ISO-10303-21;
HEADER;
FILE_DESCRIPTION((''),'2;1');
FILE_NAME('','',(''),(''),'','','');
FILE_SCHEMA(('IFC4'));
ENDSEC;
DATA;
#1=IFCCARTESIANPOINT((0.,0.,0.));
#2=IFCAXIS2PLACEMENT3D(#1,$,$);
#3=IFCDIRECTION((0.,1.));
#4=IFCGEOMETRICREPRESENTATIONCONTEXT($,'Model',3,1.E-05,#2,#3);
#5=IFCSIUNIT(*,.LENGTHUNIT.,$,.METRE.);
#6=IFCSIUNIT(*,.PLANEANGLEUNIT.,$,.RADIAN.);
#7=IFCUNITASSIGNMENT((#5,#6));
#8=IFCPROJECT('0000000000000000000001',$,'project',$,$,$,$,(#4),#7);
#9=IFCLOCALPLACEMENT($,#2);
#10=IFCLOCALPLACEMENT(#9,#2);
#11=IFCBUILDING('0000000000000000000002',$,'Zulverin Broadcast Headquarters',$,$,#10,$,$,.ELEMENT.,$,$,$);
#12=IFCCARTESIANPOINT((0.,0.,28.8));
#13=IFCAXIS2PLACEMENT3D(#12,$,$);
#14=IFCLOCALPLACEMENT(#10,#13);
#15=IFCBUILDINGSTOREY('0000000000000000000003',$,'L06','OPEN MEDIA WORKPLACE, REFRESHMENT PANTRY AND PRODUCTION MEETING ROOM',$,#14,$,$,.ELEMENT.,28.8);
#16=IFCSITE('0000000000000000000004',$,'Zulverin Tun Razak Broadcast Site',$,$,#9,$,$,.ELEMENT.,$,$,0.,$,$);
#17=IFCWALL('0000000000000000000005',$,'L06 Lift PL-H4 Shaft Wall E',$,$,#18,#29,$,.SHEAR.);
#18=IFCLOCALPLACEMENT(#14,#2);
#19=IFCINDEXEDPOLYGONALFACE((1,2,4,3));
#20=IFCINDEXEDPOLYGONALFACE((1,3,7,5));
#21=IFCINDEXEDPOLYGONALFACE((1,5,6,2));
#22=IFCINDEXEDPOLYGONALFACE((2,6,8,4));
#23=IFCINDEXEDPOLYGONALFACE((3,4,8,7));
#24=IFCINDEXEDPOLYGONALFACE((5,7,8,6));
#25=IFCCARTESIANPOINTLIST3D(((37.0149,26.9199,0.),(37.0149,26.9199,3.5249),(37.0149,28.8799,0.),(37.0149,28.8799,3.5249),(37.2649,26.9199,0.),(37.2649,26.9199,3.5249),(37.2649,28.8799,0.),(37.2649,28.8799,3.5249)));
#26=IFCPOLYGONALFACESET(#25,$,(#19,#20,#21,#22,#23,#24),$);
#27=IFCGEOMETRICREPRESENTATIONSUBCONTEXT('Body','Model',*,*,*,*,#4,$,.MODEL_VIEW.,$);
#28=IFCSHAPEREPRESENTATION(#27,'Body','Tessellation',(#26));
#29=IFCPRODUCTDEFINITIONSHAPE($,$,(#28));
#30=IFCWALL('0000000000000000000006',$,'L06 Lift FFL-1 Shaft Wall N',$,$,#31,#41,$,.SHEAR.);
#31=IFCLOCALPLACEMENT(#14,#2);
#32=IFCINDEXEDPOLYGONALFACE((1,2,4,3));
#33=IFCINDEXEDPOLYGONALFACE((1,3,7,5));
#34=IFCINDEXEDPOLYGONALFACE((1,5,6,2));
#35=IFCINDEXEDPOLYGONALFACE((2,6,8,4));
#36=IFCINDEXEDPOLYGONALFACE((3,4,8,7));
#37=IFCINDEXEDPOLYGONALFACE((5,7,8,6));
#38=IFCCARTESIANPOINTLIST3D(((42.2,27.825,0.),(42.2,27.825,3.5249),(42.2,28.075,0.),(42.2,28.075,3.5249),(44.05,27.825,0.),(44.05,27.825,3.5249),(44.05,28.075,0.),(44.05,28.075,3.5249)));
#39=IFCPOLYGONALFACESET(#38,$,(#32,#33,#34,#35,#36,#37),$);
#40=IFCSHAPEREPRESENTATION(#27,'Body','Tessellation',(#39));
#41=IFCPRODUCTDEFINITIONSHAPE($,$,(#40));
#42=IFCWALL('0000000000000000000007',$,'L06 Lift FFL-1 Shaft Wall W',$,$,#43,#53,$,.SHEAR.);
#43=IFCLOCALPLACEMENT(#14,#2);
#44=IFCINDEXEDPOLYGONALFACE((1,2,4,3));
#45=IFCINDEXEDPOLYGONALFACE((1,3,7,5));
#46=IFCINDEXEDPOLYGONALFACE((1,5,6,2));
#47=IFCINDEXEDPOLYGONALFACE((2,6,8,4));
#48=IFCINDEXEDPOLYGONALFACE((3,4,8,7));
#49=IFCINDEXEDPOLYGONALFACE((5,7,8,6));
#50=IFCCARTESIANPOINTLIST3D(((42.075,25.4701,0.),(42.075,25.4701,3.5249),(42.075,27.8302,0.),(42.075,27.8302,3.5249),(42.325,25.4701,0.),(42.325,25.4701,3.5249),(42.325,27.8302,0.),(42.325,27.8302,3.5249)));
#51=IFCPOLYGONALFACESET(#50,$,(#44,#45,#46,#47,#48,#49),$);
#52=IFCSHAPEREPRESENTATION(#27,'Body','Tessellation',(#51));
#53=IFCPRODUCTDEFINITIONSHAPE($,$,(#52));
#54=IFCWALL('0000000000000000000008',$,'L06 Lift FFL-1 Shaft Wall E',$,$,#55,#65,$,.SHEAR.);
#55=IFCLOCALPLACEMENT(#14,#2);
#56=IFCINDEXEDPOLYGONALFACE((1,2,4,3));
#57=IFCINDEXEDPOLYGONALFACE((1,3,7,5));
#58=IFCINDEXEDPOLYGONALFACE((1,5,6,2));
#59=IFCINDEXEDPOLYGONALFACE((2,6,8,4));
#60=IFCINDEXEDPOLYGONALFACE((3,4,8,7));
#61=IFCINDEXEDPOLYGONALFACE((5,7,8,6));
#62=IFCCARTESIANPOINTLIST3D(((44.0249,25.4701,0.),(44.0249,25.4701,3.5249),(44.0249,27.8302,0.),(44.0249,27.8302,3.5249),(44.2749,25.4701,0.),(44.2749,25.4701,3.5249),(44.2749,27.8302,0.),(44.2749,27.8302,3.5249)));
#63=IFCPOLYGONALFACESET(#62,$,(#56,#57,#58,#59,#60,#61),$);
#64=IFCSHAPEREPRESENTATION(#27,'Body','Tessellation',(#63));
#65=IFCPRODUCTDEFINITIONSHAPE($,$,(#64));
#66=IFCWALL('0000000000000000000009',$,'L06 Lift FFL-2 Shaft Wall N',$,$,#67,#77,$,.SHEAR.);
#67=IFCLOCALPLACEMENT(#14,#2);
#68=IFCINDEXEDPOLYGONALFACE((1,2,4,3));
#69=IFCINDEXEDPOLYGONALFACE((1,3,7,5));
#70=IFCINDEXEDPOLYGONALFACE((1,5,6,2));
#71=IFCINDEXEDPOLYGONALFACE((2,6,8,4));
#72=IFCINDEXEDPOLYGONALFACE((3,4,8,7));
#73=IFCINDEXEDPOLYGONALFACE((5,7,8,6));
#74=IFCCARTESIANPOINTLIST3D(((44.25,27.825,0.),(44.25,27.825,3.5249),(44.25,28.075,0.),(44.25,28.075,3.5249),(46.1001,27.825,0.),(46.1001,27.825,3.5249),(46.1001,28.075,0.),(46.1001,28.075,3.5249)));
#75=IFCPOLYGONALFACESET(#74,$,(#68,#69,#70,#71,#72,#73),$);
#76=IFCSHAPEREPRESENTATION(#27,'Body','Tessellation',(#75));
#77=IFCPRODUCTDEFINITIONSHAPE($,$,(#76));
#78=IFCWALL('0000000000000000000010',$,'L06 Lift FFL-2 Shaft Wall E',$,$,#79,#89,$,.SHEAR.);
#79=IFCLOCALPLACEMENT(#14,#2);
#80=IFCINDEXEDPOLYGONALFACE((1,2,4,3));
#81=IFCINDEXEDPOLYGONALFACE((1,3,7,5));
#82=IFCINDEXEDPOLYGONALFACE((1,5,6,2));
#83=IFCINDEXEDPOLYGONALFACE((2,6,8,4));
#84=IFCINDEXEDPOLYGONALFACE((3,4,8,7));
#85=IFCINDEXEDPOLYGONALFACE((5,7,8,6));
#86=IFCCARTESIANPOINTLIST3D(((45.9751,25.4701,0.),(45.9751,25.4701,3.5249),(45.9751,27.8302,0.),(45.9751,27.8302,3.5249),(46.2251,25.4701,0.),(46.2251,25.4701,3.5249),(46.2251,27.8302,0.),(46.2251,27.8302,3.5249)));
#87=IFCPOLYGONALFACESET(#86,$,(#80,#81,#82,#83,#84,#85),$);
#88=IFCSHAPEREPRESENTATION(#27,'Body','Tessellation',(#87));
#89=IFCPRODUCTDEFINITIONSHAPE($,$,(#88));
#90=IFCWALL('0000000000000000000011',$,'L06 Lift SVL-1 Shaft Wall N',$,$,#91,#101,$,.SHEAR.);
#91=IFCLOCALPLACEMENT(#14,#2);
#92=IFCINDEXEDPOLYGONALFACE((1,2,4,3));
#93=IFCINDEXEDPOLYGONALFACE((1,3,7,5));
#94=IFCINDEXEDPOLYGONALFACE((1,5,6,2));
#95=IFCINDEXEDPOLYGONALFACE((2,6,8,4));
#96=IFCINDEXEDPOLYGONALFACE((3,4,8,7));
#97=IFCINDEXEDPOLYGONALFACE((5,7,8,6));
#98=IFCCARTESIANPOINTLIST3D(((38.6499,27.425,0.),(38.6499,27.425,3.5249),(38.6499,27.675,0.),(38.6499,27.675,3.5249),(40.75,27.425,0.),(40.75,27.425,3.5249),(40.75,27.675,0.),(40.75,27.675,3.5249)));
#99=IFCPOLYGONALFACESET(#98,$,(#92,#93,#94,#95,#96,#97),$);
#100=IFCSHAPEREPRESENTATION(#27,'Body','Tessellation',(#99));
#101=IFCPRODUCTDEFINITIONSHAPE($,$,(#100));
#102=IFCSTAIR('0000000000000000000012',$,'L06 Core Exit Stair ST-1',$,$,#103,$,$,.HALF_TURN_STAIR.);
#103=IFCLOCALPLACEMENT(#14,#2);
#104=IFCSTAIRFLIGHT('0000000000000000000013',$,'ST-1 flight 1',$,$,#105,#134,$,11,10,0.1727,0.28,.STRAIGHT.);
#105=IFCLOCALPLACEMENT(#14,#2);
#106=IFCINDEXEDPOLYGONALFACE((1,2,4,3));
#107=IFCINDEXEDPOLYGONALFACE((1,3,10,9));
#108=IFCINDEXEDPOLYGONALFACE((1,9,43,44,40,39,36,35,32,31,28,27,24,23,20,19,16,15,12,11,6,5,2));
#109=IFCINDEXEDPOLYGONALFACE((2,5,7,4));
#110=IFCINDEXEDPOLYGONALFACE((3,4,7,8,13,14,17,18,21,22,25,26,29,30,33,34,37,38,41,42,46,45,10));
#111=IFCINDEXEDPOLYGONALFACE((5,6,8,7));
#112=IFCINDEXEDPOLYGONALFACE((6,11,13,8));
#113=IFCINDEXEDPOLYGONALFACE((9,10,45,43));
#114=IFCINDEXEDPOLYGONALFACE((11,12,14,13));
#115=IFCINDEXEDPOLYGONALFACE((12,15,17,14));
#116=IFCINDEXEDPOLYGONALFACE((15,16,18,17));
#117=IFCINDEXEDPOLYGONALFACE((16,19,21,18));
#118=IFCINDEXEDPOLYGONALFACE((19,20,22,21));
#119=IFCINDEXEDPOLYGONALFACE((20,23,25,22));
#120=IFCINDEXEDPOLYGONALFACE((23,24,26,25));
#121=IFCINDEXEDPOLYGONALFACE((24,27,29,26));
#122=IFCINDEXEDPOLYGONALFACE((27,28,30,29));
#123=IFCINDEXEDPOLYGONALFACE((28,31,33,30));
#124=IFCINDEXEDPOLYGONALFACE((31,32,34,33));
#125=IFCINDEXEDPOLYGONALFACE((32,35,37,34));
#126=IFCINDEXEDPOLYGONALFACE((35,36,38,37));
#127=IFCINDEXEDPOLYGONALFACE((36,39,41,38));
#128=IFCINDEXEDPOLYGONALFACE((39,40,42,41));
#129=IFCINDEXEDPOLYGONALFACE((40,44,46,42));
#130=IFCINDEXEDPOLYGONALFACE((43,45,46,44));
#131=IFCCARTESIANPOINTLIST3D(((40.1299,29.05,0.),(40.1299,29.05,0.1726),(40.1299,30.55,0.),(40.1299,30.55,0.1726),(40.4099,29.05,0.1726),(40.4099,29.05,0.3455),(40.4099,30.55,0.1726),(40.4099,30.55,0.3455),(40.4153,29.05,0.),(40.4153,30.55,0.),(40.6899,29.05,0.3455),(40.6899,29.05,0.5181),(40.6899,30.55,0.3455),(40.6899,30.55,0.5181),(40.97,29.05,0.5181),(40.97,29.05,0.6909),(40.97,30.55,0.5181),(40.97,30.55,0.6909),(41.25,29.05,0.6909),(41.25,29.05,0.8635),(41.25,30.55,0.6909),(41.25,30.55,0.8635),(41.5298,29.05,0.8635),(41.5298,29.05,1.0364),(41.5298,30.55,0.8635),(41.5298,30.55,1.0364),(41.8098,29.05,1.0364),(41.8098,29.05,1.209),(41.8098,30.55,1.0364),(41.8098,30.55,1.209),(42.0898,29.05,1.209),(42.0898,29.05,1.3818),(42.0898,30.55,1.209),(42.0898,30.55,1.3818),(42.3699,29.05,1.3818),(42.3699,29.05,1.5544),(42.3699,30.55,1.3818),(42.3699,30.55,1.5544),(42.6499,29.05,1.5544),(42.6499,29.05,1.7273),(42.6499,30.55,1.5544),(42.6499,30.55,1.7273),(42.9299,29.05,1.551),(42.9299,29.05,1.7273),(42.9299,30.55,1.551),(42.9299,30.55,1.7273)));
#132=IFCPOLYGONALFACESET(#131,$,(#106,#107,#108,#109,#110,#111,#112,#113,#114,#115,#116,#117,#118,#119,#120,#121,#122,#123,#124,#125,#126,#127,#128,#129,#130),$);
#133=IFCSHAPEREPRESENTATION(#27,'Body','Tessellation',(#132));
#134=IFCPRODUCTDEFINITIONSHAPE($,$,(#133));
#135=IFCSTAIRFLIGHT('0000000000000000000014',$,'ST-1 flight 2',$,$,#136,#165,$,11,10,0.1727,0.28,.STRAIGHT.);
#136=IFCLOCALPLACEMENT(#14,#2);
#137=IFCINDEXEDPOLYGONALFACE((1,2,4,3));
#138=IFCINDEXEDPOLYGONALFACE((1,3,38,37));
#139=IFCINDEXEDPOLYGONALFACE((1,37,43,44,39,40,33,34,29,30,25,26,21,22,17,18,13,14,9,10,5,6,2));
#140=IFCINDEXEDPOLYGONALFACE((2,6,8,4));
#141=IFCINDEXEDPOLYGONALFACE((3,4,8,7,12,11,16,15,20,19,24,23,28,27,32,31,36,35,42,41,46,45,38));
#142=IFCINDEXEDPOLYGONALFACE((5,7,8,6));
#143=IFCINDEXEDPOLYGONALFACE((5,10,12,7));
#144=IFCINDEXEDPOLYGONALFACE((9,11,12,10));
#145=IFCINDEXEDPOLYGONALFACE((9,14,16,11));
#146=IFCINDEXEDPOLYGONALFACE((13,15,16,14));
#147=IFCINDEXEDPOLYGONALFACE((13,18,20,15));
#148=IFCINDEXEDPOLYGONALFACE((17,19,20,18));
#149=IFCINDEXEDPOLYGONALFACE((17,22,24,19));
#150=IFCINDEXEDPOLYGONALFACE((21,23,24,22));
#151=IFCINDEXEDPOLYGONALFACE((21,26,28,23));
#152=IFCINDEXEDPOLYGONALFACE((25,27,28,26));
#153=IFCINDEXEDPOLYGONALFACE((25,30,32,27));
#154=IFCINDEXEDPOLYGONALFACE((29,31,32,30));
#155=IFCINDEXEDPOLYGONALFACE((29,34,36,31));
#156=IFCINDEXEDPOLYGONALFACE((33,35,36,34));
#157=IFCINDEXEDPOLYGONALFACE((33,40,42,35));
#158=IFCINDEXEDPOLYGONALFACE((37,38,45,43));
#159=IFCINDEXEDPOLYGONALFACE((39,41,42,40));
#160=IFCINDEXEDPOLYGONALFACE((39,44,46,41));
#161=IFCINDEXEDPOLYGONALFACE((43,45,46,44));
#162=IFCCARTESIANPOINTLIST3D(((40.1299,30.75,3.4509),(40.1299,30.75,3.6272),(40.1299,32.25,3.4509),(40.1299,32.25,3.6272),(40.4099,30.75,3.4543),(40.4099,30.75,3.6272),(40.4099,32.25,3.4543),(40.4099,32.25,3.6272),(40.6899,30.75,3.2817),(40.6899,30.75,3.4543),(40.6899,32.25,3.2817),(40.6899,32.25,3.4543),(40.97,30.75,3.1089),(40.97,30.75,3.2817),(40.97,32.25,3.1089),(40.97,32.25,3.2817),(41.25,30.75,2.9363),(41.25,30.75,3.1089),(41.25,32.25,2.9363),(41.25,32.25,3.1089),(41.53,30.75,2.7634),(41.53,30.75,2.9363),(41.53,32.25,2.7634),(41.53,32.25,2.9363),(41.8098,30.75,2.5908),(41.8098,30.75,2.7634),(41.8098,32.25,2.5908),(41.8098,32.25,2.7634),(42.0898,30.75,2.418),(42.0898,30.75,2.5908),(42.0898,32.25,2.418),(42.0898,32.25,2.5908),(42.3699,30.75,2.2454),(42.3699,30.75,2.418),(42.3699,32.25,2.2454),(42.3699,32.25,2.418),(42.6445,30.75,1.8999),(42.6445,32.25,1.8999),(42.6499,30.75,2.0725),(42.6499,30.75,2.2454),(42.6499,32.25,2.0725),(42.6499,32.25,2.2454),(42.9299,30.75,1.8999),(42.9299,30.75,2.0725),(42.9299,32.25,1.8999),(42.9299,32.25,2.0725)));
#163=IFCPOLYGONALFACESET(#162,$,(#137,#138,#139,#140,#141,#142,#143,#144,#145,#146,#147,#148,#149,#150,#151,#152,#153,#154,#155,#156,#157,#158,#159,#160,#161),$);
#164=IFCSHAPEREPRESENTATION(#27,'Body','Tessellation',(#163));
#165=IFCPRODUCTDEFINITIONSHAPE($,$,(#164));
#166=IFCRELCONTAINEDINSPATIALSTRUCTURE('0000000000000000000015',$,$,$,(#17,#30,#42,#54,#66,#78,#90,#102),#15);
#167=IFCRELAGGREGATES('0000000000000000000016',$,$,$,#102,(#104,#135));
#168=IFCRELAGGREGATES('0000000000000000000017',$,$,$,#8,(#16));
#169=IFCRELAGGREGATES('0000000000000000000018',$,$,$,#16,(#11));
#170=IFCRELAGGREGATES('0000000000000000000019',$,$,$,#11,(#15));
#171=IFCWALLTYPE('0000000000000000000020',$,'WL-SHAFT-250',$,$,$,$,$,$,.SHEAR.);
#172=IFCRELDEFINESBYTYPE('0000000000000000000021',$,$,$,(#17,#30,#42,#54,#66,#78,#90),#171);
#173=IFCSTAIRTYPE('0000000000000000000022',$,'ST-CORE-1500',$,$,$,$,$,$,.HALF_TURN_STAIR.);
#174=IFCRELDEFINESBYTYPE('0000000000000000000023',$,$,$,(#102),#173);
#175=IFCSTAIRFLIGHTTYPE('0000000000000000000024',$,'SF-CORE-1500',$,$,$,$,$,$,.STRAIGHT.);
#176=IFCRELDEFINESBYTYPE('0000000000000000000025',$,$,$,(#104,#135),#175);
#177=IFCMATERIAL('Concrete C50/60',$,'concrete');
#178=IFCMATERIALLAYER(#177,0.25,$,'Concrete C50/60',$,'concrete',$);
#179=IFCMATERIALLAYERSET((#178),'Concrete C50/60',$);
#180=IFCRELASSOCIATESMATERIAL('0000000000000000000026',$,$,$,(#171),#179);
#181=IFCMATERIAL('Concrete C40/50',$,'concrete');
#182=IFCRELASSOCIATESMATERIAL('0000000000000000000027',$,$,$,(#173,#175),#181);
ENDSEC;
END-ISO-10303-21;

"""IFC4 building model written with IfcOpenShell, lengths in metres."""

from ifc_helpers import new_model, si_unit, direction, frame, frame_2d, origin, place, context, subcontext, project, spatial, polyline, rectangle, outline, extrude, material, layer, layer_set, type_object, element, aggregate, save


model = new_model("IFC4")

# Units and contexts
model_context = context("Model", 3, precision=1e-05, world=origin(), true_north=direction((0.0, 1.0)))
body_context = subcontext(model_context, "Body", "Model", "MODEL_VIEW")
ifc_project = project(units=[si_unit("LENGTHUNIT", "METRE"), si_unit("PLANEANGLEUNIT", "RADIAN")], contexts=[model_context])

# Site, building, storey
site_placement = place(None, origin())
site = spatial("IfcSite", under=ifc_project, at=site_placement, Name="Zulverin Tun Razak Broadcast Site", CompositionType="ELEMENT", RefElevation=0.0)
building_placement = place(site_placement, origin())
building = spatial("IfcBuilding", under=site, at=building_placement, Name="Zulverin Broadcast Headquarters", CompositionType="ELEMENT")
storey_placement = place(building_placement, frame((0.0, 0.0, 28.8)))
storey = spatial("IfcBuildingStorey", under=building, at=storey_placement, Name="L06", Description="OPEN MEDIA WORKPLACE, REFRESHMENT PANTRY AND PRODUCTION MEETING ROOM", CompositionType="ELEMENT", Elevation=28.8)

# Shared definitions
ifc_material_1 = material(Name="Concrete C50/60", Category="concrete")
ifc_layer_1 = layer(ifc_material_1, 0.25, Name="Concrete C50/60", Category="concrete")
ifc_layer_set_1 = layer_set([ifc_layer_1], Name="Concrete C50/60")
wall_type_1 = type_object("IfcWallType", Name="WL-SHAFT-250", PredefinedType="SHEAR", material=ifc_layer_set_1)

# Walls
wall_1_placement = place(storey_placement, frame((37.1399, 26.9199, 0.0), z_axis=(0.0, 0.0, 1.0), x_axis=(0.0, 1.0, 0.0)))
element("IfcWall", 1, at=wall_1_placement, inside=storey, type_object=wall_type_1, Name="L06 Lift PL-H4 Shaft Wall E", PredefinedType="SHEAR", context=body_context, shape_type="SweptSolid", body=[
    extrude(rectangle(XDim=1.96, YDim=0.25, at=frame_2d((0.98, 0.0))), origin(), (0.0, 0.0, 1.0), 3.5249),
])
wall_2_placement = place(storey_placement, frame((42.2, 27.95, 0.0), z_axis=(0.0, 0.0, 1.0), x_axis=(1.0, 0.0, 0.0)))
element("IfcWall", 2, at=wall_2_placement, inside=storey, type_object=wall_type_1, Name="L06 Lift FFL-1 Shaft Wall N", PredefinedType="SHEAR", context=body_context, shape_type="SweptSolid", body=[
    extrude(rectangle(XDim=1.8501, YDim=0.25, at=frame_2d((0.925, 0.0))), origin(), (0.0, 0.0, 1.0), 3.5249),
])
for number, where, z_axis, x_axis, name in (
    (3, (42.2, 25.47, 0.0), (0.0, 0.0, 1.0), (0.0, 1.0, 0.0), "L06 Lift FFL-1 Shaft Wall W"),
    (4, (44.1499, 25.47, 0.0), (0.0, 0.0, 1.0), (0.0, 1.0, 0.0), "L06 Lift FFL-1 Shaft Wall E"),
):
    element("IfcWall", number, at=place(storey_placement, frame(where, z_axis=z_axis, x_axis=x_axis)), inside=storey, type_object=wall_type_1, Name=name, PredefinedType="SHEAR", context=body_context, shape_type="SweptSolid", body=[
        extrude(rectangle(XDim=2.3601, YDim=0.25, at=frame_2d((1.1802, 0.0))), origin(), (0.0, 0.0, 1.0), 3.5249),
    ])
wall_3_placement = place(storey_placement, frame((44.25, 27.95, 0.0), z_axis=(0.0, 0.0, 1.0), x_axis=(1.0, 0.0, 0.0)))
element("IfcWall", 5, at=wall_3_placement, inside=storey, type_object=wall_type_1, Name="L06 Lift FFL-2 Shaft Wall N", PredefinedType="SHEAR", context=body_context, shape_type="SweptSolid", body=[
    extrude(rectangle(XDim=1.8501, YDim=0.25, at=frame_2d((0.925, 0.0))), origin(), (0.0, 0.0, 1.0), 3.5249),
])
wall_4_placement = place(storey_placement, frame((46.1001, 25.47, 0.0), z_axis=(0.0, 0.0, 1.0), x_axis=(0.0, 1.0, 0.0)))
element("IfcWall", 6, at=wall_4_placement, inside=storey, type_object=wall_type_1, Name="L06 Lift FFL-2 Shaft Wall E", PredefinedType="SHEAR", context=body_context, shape_type="SweptSolid", body=[
    extrude(rectangle(XDim=2.3601, YDim=0.25, at=frame_2d((1.1802, 0.0))), origin(), (0.0, 0.0, 1.0), 3.5249),
])
wall_5_placement = place(storey_placement, frame((38.6499, 27.55, 0.0), z_axis=(0.0, 0.0, 1.0), x_axis=(1.0, 0.0, 0.0)))
element("IfcWall", 7, at=wall_5_placement, inside=storey, type_object=wall_type_1, Name="L06 Lift SVL-1 Shaft Wall N", PredefinedType="SHEAR", context=body_context, shape_type="SweptSolid", body=[
    extrude(rectangle(XDim=2.1001, YDim=0.25, at=frame_2d((1.05, 0.0))), origin(), (0.0, 0.0, 1.0), 3.5249),
])

# Stair, stair flights
ifc_material_2 = material(Name="Concrete C40/50", Category="concrete")
stair_type = type_object("IfcStairType", Name="ST-CORE-1500", PredefinedType="HALF_TURN_STAIR", material=ifc_material_2)
stair_placement = place(storey_placement, origin())
stair = element("IfcStair", 8, at=stair_placement, inside=storey, type_object=stair_type, Name="L06 Core Exit Stair ST-1", PredefinedType="HALF_TURN_STAIR")
stair_flight_type = type_object("IfcStairFlightType", Name="SF-CORE-1500", PredefinedType="STRAIGHT", material=ifc_material_2)
stair_flight_1_placement = place(storey_placement, frame((40.1299, 29.8, 0.0), z_axis=(0.0, 0.0, 1.0), x_axis=(1.0, 0.0, 0.0)))
stair_flight_1 = element("IfcStairFlight", 9, at=stair_flight_1_placement, type_object=stair_flight_type, Name="ST-1 flight 1", NumberOfRisers=11, NumberOfTreads=10, PredefinedType="STRAIGHT", RiserHeight=0.1727, TreadLength=0.28, context=body_context, shape_type="SweptSolid", body=[
    extrude(outline(polyline([(0.0, 0.0), (0.0, 0.1726), (0.28, 0.1726), (0.28, 0.3455), (0.5601, 0.3455), (0.5601, 0.5181), (0.8401, 0.5181), (0.8401, 0.6909), (1.1201, 0.6909), (1.1201, 0.8635), (1.3999, 0.8635), (1.3999, 1.0364), (1.6799, 1.0364), (1.6799, 1.209), (1.96, 1.209), (1.96, 1.3818), (2.24, 1.3818), (2.24, 1.5544), (2.52, 1.5544), (2.52, 1.7273), (2.8, 1.7273), (2.8, 1.8999), (2.8, 1.551), (0.2854, 0.0), (0.0, 0.0)])), frame((0.0, 0.75, 0.0), z_axis=(0.0, -1.0, 0.0), x_axis=(1.0, 0.0, 0.0)), (0.0, 0.0, 1.0), 1.5),
])
stair_flight_2_placement = place(storey_placement, frame((42.9299, 31.5, 1.8999), z_axis=(0.0, 0.0, 1.0), x_axis=(-1.0, 0.0, 0.0)))
stair_flight_2 = element("IfcStairFlight", 10, at=stair_flight_2_placement, type_object=stair_flight_type, Name="ST-1 flight 2", NumberOfRisers=11, NumberOfTreads=10, PredefinedType="STRAIGHT", RiserHeight=0.1727, TreadLength=0.28, context=body_context, shape_type="SweptSolid", body=[
    extrude(outline(polyline([(0.0, 0.0), (0.0, 0.1726), (0.28, 0.1726), (0.28, 0.3455), (0.5601, 0.3455), (0.5601, 0.5181), (0.8401, 0.5181), (0.8401, 0.6909), (1.1201, 0.6909), (1.1201, 0.8635), (1.3999, 0.8635), (1.3999, 1.0364), (1.6799, 1.0364), (1.6799, 1.209), (1.96, 1.209), (1.96, 1.3818), (2.24, 1.3818), (2.24, 1.5544), (2.52, 1.5544), (2.52, 1.7273), (2.8, 1.7273), (2.8, 1.8999), (2.8, 1.551), (0.2854, 0.0), (0.0, 0.0)])), frame((0.0, 0.75, 0.0), z_axis=(0.0, -1.0, 0.0), x_axis=(1.0, 0.0, 0.0)), (0.0, 0.0, 1.0), 1.5),
])
aggregate(stair, [stair_flight_1, stair_flight_2])

save(model, "model.ifc")
